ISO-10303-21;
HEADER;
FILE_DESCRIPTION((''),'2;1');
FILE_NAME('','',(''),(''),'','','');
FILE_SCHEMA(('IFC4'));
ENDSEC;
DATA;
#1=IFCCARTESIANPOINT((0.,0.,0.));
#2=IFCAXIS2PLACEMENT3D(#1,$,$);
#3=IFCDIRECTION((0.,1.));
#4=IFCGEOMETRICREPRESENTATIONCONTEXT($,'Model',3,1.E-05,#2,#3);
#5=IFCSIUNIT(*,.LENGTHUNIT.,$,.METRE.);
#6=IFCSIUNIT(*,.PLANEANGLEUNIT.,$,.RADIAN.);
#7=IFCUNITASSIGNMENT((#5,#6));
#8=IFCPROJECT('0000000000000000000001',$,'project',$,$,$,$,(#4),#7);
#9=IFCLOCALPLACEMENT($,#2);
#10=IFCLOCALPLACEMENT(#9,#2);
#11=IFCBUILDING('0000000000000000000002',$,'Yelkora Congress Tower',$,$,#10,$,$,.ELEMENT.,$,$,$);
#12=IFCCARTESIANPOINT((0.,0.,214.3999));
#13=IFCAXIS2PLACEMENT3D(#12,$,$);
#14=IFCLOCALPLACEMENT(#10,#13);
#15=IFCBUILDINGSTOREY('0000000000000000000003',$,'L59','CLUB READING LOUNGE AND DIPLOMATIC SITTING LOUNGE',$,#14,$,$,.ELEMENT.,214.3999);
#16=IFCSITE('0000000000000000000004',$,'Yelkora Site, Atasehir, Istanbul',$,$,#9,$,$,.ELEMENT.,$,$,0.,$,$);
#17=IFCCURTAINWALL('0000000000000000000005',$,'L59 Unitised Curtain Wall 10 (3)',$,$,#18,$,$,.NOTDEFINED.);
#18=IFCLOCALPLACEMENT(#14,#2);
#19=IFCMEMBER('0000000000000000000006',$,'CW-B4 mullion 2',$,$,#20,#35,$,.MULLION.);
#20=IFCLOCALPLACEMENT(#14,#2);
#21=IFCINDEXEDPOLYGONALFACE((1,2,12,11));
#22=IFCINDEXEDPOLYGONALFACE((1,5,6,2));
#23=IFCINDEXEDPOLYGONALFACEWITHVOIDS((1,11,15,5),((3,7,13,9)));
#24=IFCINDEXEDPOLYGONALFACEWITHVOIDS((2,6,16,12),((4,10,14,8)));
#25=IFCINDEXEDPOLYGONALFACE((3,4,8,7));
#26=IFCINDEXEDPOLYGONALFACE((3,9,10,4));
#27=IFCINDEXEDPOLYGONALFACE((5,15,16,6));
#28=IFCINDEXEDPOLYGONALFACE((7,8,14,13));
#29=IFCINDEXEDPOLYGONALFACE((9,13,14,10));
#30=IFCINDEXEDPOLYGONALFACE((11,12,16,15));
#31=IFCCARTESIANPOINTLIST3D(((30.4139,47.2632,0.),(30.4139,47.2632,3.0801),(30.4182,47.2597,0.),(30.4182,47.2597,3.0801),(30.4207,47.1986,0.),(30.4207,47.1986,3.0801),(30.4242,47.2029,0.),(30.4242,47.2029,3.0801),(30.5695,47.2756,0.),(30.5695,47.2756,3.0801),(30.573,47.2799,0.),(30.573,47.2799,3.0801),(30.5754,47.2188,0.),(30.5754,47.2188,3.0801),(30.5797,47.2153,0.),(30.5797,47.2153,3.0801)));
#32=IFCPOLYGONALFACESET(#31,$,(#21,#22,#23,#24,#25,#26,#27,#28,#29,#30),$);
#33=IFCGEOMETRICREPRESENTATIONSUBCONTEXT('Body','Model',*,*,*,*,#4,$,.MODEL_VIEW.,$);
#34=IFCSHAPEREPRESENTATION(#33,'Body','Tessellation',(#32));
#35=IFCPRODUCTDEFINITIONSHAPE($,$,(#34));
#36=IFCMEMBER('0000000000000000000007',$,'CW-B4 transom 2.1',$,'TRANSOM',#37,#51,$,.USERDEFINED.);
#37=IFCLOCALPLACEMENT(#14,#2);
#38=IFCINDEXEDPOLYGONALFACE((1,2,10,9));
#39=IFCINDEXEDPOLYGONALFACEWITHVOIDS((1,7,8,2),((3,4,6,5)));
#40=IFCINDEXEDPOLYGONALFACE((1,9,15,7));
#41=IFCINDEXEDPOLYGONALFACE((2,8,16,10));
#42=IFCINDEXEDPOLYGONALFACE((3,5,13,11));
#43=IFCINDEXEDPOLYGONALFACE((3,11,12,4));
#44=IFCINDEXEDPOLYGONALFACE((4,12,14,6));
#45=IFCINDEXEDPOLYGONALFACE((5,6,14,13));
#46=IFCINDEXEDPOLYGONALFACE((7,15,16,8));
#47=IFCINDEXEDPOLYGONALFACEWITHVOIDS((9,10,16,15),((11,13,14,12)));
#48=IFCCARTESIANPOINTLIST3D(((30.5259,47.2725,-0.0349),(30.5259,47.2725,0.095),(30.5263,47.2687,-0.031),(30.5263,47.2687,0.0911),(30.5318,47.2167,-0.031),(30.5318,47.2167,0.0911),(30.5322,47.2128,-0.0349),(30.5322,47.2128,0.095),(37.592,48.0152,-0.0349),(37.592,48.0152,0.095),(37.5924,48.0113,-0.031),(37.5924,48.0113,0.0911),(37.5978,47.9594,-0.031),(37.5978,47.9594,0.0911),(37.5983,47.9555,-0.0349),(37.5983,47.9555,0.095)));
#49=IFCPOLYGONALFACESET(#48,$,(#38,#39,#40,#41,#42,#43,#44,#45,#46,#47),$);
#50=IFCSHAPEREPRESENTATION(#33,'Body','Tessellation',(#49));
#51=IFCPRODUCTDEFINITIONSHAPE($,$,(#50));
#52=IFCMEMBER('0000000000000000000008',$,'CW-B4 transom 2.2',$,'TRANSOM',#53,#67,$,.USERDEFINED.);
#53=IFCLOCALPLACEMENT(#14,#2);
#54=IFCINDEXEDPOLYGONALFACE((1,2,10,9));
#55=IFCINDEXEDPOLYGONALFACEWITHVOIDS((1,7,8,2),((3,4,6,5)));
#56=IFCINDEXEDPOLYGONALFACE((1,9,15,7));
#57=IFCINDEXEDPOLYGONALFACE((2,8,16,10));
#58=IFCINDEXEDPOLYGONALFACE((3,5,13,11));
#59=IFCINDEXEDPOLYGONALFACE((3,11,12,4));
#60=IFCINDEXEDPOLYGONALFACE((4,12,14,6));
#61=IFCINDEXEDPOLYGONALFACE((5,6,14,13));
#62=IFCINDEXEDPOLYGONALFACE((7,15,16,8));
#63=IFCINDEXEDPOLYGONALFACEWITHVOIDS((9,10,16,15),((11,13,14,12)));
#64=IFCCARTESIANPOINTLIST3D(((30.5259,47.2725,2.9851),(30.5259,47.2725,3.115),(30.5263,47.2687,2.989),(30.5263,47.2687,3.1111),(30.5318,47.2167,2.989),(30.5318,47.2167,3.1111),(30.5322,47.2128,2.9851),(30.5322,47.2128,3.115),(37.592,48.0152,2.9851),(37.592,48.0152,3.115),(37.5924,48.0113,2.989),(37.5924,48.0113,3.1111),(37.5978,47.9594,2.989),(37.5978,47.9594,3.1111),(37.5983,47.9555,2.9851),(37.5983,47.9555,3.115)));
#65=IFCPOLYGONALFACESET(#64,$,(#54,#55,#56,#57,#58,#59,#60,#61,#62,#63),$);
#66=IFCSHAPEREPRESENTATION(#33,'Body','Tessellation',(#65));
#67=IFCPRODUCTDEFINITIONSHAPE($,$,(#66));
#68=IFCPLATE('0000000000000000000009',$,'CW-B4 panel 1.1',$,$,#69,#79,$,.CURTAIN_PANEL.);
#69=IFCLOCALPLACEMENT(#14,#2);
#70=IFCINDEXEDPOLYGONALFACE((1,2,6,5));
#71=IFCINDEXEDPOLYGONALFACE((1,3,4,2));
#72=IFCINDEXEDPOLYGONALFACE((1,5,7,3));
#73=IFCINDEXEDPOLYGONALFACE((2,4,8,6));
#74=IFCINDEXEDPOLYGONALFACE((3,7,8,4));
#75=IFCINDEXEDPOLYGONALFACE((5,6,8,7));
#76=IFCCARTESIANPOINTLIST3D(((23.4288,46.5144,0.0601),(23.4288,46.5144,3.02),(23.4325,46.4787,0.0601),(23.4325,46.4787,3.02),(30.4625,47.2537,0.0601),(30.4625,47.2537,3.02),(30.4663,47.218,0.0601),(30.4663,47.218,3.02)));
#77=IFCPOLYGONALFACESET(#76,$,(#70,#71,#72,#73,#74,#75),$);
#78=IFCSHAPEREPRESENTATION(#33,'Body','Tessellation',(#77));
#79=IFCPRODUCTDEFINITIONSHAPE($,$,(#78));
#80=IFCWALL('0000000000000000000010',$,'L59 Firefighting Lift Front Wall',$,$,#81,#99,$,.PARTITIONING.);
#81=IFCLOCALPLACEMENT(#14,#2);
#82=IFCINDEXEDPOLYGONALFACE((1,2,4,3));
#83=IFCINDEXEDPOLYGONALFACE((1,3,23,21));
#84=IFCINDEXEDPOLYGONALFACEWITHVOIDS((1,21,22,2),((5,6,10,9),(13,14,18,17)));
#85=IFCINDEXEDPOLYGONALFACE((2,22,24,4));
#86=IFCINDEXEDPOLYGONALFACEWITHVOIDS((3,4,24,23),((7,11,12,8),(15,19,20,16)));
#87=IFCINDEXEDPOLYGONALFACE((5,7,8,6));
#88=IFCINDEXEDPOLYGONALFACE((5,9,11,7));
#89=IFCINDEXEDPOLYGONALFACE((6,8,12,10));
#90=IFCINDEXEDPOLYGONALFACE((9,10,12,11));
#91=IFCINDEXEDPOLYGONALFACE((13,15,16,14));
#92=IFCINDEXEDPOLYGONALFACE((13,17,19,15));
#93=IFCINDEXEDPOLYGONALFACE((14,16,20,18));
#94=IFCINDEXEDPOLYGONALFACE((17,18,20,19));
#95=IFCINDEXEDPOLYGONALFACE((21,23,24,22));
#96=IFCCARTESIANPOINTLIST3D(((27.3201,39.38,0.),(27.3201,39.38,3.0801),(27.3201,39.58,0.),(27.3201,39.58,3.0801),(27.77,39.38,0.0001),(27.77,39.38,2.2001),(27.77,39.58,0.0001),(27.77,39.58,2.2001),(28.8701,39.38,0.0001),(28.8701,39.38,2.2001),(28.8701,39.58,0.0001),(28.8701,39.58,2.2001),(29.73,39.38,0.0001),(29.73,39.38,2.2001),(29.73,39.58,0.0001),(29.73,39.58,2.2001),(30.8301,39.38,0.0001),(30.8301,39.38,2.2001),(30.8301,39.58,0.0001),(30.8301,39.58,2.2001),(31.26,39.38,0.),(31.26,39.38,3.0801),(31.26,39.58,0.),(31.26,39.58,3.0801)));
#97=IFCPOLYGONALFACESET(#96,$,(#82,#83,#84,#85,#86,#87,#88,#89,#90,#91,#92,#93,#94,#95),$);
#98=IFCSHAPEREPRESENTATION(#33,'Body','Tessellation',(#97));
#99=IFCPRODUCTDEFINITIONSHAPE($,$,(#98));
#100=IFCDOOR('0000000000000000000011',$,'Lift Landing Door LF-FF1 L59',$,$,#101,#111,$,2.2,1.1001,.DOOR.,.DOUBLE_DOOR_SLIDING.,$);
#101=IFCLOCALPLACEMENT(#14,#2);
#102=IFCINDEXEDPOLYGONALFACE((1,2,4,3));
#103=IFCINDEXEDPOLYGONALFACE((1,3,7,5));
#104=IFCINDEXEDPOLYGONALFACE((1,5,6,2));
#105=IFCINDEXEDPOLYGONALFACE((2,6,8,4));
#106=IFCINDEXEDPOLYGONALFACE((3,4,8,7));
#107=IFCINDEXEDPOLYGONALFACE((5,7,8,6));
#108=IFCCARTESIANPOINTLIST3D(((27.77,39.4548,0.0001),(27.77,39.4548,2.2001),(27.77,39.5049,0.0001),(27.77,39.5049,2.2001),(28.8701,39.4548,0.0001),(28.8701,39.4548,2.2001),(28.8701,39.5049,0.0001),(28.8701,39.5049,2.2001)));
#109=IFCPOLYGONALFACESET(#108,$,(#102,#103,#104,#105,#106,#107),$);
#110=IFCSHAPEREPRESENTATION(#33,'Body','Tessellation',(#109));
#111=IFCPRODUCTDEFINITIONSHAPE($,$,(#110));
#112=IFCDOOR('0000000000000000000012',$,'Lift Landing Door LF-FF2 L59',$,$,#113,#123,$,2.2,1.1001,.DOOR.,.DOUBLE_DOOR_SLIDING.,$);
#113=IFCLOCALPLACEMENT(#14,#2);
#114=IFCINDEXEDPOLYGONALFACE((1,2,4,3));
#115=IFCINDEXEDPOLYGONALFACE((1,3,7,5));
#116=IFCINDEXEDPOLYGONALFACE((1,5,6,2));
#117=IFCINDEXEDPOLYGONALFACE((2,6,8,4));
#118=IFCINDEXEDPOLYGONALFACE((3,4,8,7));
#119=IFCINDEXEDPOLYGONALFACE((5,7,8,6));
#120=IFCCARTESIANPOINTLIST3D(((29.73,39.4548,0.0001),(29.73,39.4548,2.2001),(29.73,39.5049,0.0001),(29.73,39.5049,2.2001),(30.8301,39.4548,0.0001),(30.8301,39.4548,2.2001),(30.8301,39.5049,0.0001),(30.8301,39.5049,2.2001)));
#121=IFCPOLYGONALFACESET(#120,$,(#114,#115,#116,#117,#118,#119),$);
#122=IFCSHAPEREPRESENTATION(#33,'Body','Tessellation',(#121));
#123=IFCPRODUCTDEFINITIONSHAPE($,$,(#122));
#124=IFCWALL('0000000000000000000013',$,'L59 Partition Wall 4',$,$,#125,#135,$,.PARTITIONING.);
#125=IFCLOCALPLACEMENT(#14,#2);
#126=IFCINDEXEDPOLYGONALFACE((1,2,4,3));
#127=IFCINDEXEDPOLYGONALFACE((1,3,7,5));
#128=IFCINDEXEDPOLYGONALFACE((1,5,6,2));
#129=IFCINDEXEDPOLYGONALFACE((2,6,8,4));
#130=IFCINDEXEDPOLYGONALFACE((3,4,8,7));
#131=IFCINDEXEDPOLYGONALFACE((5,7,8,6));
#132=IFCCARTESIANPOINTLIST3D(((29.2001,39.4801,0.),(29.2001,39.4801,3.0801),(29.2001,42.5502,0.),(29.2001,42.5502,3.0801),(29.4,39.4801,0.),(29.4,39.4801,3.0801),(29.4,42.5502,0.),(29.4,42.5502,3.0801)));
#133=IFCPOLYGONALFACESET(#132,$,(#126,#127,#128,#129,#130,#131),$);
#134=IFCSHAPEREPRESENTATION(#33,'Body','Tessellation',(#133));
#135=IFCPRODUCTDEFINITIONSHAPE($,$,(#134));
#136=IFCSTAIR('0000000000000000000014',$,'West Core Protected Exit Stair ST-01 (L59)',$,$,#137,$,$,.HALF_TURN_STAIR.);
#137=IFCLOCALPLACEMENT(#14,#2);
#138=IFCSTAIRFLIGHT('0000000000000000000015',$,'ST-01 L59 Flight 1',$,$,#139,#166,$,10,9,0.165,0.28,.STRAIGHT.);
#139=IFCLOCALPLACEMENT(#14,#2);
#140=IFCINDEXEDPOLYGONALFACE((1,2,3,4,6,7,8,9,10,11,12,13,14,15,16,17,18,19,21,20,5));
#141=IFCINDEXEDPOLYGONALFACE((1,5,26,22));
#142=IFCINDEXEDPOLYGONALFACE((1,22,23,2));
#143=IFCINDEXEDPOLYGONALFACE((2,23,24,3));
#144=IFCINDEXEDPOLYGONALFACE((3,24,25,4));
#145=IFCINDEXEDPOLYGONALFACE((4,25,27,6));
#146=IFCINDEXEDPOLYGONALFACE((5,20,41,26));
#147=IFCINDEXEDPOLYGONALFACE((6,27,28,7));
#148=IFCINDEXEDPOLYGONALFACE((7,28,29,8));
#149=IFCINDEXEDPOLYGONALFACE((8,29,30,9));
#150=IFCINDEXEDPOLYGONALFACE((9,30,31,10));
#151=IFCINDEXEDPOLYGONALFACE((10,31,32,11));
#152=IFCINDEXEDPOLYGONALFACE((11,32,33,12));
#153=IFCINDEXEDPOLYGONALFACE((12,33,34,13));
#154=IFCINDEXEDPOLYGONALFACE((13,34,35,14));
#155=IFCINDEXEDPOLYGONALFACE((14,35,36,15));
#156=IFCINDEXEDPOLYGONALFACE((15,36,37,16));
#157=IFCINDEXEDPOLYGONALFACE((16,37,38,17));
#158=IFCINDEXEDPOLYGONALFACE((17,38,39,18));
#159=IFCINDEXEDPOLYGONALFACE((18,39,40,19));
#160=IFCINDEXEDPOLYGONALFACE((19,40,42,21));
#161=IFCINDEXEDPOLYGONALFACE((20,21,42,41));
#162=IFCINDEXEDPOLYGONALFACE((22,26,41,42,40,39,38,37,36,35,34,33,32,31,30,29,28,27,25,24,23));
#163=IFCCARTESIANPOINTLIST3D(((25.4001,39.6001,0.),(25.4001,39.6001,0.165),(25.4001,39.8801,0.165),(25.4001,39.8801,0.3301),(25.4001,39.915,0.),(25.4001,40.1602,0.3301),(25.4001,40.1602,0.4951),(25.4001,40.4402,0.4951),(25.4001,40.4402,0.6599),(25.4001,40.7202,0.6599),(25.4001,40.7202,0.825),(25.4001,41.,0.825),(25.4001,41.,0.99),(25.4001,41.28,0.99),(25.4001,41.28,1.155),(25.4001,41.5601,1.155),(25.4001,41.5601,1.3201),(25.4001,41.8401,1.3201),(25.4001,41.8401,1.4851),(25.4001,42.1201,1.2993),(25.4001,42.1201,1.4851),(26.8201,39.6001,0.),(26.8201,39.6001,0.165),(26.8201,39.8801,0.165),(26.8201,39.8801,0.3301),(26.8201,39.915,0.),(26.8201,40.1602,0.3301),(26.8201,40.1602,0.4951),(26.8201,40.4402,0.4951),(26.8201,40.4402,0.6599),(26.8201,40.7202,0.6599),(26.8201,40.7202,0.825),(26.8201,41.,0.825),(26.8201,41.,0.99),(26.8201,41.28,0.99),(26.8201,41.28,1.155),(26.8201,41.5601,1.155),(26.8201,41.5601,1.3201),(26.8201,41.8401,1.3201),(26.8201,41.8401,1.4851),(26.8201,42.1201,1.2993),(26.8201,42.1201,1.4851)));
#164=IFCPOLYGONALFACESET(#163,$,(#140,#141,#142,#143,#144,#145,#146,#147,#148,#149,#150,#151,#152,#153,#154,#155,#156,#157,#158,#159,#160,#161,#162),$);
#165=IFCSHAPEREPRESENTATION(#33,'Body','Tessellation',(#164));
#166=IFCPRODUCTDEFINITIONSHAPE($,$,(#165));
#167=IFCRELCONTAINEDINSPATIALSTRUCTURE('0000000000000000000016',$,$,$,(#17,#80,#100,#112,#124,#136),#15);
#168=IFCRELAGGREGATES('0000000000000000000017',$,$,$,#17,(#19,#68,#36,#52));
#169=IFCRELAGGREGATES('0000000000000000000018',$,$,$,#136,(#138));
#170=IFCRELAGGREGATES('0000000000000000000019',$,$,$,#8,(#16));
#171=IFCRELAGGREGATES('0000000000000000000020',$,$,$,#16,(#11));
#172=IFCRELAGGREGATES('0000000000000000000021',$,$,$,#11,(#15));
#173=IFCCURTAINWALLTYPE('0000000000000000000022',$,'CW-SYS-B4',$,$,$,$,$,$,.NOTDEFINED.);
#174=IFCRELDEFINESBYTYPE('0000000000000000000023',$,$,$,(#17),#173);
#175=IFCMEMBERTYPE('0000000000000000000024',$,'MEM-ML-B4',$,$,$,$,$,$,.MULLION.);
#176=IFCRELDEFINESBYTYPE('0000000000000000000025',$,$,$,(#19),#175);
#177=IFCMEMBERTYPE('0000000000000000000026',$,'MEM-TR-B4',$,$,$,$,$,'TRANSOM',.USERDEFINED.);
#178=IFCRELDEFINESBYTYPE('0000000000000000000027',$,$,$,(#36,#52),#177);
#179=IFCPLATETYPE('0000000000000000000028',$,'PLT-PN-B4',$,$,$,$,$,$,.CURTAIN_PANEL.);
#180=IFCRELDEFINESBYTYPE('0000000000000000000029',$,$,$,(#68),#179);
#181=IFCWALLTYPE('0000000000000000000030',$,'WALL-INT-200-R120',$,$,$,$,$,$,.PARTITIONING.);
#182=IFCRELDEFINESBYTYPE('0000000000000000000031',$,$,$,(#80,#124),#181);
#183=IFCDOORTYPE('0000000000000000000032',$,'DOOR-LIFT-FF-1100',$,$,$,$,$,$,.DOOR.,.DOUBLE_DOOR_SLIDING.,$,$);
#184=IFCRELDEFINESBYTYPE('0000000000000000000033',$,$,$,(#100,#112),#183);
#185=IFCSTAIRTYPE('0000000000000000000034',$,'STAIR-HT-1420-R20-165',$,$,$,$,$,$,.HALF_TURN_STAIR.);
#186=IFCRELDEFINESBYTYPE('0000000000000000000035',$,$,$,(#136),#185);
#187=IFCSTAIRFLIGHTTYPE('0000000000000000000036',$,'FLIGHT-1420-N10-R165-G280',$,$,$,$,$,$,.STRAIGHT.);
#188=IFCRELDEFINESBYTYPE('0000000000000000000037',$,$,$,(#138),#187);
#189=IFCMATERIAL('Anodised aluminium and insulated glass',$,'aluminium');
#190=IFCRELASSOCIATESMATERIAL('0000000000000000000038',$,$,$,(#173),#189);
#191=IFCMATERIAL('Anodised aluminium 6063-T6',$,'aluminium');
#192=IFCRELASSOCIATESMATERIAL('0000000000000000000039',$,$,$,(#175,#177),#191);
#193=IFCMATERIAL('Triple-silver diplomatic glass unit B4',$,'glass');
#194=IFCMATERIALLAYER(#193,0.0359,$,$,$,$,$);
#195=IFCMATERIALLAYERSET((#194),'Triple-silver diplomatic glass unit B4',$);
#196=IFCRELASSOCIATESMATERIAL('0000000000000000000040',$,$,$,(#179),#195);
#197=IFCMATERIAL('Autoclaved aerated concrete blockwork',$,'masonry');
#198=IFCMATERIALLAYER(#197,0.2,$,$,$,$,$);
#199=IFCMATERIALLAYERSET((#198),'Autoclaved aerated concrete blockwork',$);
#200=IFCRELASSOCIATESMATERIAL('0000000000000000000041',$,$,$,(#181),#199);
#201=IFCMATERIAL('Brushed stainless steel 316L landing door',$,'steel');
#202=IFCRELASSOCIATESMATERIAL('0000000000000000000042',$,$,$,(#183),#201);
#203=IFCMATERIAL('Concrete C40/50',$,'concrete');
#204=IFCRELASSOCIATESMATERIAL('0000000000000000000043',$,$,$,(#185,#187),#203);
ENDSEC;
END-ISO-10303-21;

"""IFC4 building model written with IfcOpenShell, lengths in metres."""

from ifc_helpers import new_model, si_unit, direction, frame, frame_2d, origin, origin_2d, place, context, subcontext, project, spatial, polyline, rectangle, hollow_rectangle, outline, extrude, material, layer, layer_set, material_profile, profile_set, type_object, element, fill, aggregate, save


model = new_model("IFC4")

# Units and contexts
model_context = context("Model", 3, precision=1e-05, world=origin(), true_north=direction((0.0, 1.0)))
body_context = subcontext(model_context, "Body", "Model", "MODEL_VIEW")
ifc_project = project(units=[si_unit("LENGTHUNIT", "METRE"), si_unit("PLANEANGLEUNIT", "RADIAN")], contexts=[model_context])

# Site, building, storey
site_placement = place(None, origin())
site = spatial("IfcSite", under=ifc_project, at=site_placement, Name="Yelkora Site, Atasehir, Istanbul", CompositionType="ELEMENT", RefElevation=0.0)
building_placement = place(site_placement, origin())
building = spatial("IfcBuilding", under=site, at=building_placement, Name="Yelkora Congress Tower", CompositionType="ELEMENT")
storey_placement = place(building_placement, frame((0.0, 0.0, 214.3999)))
storey = spatial("IfcBuildingStorey", under=building, at=storey_placement, Name="L59", Description="CLUB READING LOUNGE AND DIPLOMATIC SITTING LOUNGE", CompositionType="ELEMENT", Elevation=214.3999)

# Curtain wall, members, plate
ifc_material_1 = material(Name="Anodised aluminium and insulated glass", Category="aluminium")
curtain_wall_type = type_object("IfcCurtainWallType", Name="CW-SYS-B4", PredefinedType="NOTDEFINED", material=ifc_material_1)
curtain_wall_placement = place(storey_placement, origin())
curtain_wall = element("IfcCurtainWall", 1, at=curtain_wall_placement, inside=storey, type_object=curtain_wall_type, Name="L59 Unitised Curtain Wall 10 (3)", PredefinedType="NOTDEFINED")
ifc_material_2 = material(Name="Anodised aluminium 6063-T6", Category="aluminium")
ifc_material_profile_1 = material_profile(ifc_material_2, hollow_rectangle(XDim=0.0649, YDim=0.1599, WallThickness=0.0039, at=origin_2d()), Name="ALU 65x160x4")
ifc_profile_set_1 = profile_set([ifc_material_profile_1], Name="Anodised aluminium 6063-T6")
member_type_1 = type_object("IfcMemberType", Name="MEM-ML-B4", PredefinedType="MULLION", material=ifc_profile_set_1)
member_1_placement = place(storey_placement, frame((30.4968, 47.2393, 0.0), z_axis=(0.0, 0.0, 1.0), x_axis=(-0.104528, 0.994522, 0.0)))
member_1 = element("IfcMember", 2, at=member_1_placement, type_object=member_type_1, Name="CW-B4 mullion 2", PredefinedType="MULLION", context=body_context, shape_type="SweptSolid", body=[
    extrude(hollow_rectangle(XDim=0.0649, YDim=0.1599, WallThickness=0.0039, at=origin_2d()), origin(), (0.0, 0.0, 1.0), 3.0801),
])
ifc_material_profile_2 = material_profile(ifc_material_2, hollow_rectangle(XDim=0.0601, YDim=0.1299, WallThickness=0.0039, at=origin_2d()), Name="ALU 60x130x4")
ifc_profile_set_2 = profile_set([ifc_material_profile_2], Name="Anodised aluminium 6063-T6")
member_type_2 = type_object("IfcMemberType", Name="MEM-TR-B4", ElementType="TRANSOM", PredefinedType="USERDEFINED", material=ifc_profile_set_2)
member_2_placement = place(storey_placement, frame((30.5291, 47.2427, 0.03), z_axis=(0.994522, 0.104527, 0.0), x_axis=(-0.104527, 0.994522, 0.0)))
member_2 = element("IfcMember", 3, at=member_2_placement, type_object=member_type_2, Name="CW-B4 transom 2.1", ObjectType="TRANSOM", PredefinedType="USERDEFINED", context=body_context, shape_type="SweptSolid", body=[
    extrude(hollow_rectangle(XDim=0.0601, YDim=0.1299, WallThickness=0.0039, at=origin_2d()), origin(), (0.0, 0.0, 1.0), 7.105),
])
member_3_placement = place(storey_placement, frame((30.5291, 47.2427, 3.05), z_axis=(0.994522, 0.104527, 0.0), x_axis=(-0.104527, 0.994522, 0.0)))
member_3 = element("IfcMember", 4, at=member_3_placement, type_object=member_type_2, Name="CW-B4 transom 2.2", ObjectType="TRANSOM", PredefinedType="USERDEFINED", context=body_context, shape_type="SweptSolid", body=[
    extrude(hollow_rectangle(XDim=0.0601, YDim=0.1299, WallThickness=0.0039, at=origin_2d()), origin(), (0.0, 0.0, 1.0), 7.105),
])
ifc_material_3 = material(Name="Triple-silver diplomatic glass unit B4", Category="glass")
ifc_layer_1 = layer(ifc_material_3, 0.0359)
ifc_layer_set_1 = layer_set([ifc_layer_1], Name="Triple-silver diplomatic glass unit B4")
plate_type = type_object("IfcPlateType", Name="PLT-PN-B4", PredefinedType="CURTAIN_PANEL", material=ifc_layer_set_1)
plate_placement = place(storey_placement, frame((26.9475, 46.8662, 0.0601), z_axis=(0.0, 0.0, 1.0), x_axis=(0.994522, 0.104528, 0.0)))
plate = element("IfcPlate", 5, at=plate_placement, type_object=plate_type, Name="CW-B4 panel 1.1", PredefinedType="CURTAIN_PANEL", context=body_context, shape_type="SweptSolid", body=[
    extrude(rectangle(XDim=7.0725, YDim=0.0359, at=origin_2d()), origin(), (0.0, 0.0, 1.0), 2.96),
])
aggregate(curtain_wall, [member_1, plate, member_2, member_3])

# Shared definitions
ifc_material_4 = material(Name="Autoclaved aerated concrete blockwork", Category="masonry")
ifc_layer_2 = layer(ifc_material_4, 0.2)
ifc_layer_set_2 = layer_set([ifc_layer_2], Name="Autoclaved aerated concrete blockwork")
wall_type_1 = type_object("IfcWallType", Name="WALL-INT-200-R120", PredefinedType="PARTITIONING", material=ifc_layer_set_2)

# Wall, openings, doors
wall_1_placement = place(storey_placement, frame((27.3201, 39.48, 0.0), z_axis=(0.0, 0.0, 1.0), x_axis=(1.0, 0.0, 0.0)))
wall_1 = element("IfcWall", 6, at=wall_1_placement, inside=storey, type_object=wall_type_1, Name="L59 Firefighting Lift Front Wall", PredefinedType="PARTITIONING", context=body_context, shape_type="SweptSolid", body=[
    extrude(rectangle(XDim=3.9399, YDim=0.2, at=frame_2d((1.97, 0.0))), origin(), (0.0, 0.0, 1.0), 3.0801),
])
opening_1_placement = place(wall_1_placement, frame((0.45, 0.0, 0.0)))
opening_1 = element("IfcOpeningElement", 7, at=opening_1_placement, cuts=wall_1, PredefinedType="OPENING", context=body_context, shape_type="SweptSolid", body=[
    extrude(rectangle(XDim=1.1001, YDim=2.2, at=frame_2d((0.55, 1.1001))), frame((0.0, 0.1099, 0.0), z_axis=(0.0, -1.0, 0.0), x_axis=(1.0, 0.0, 0.0)), (0.0, 0.0, 1.0), 0.22),
])
opening_2_placement = place(wall_1_placement, frame((2.4099, 0.0, 0.0)))
opening_2 = element("IfcOpeningElement", 8, at=opening_2_placement, cuts=wall_1, PredefinedType="OPENING", context=body_context, shape_type="SweptSolid", body=[
    extrude(rectangle(XDim=1.1001, YDim=2.2, at=frame_2d((0.55, 1.1001))), frame((0.0, 0.1099, 0.0), z_axis=(0.0, -1.0, 0.0), x_axis=(1.0, 0.0, 0.0)), (0.0, 0.0, 1.0), 0.22),
])
ifc_material_5 = material(Name="Brushed stainless steel 316L landing door", Category="steel")
door_type_1 = type_object("IfcDoorType", Name="DOOR-LIFT-FF-1100", OperationType="DOUBLE_DOOR_SLIDING", PredefinedType="DOOR", material=ifc_material_5)
door_1_placement = place(opening_1_placement, origin())
door_1 = element("IfcDoor", 9, at=door_1_placement, inside=storey, type_object=door_type_1, Name="Lift Landing Door LF-FF1 L59", OperationType="DOUBLE_DOOR_SLIDING", OverallHeight=2.2, OverallWidth=1.1001, PredefinedType="DOOR", context=body_context, shape_type="SweptSolid", body=[
    extrude(rectangle(XDim=1.1001, YDim=2.2, at=frame_2d((0.55, 1.1001))), frame((0.0, 0.0249, 0.0), z_axis=(0.0, -1.0, 0.0), x_axis=(1.0, 0.0, 0.0)), (0.0, 0.0, 1.0), 0.05),
])
fill(opening_1, door_1)
door_2_placement = place(opening_2_placement, origin())
door_2 = element("IfcDoor", 10, at=door_2_placement, inside=storey, type_object=door_type_1, Name="Lift Landing Door LF-FF2 L59", OperationType="DOUBLE_DOOR_SLIDING", OverallHeight=2.2, OverallWidth=1.1001, PredefinedType="DOOR", context=body_context, shape_type="SweptSolid", body=[
    extrude(rectangle(XDim=1.1001, YDim=2.2, at=frame_2d((0.55, 1.1001))), frame((0.0, 0.0249, 0.0), z_axis=(0.0, -1.0, 0.0), x_axis=(1.0, 0.0, 0.0)), (0.0, 0.0, 1.0), 0.05),
])
fill(opening_2, door_2)

# Wall
wall_2_placement = place(storey_placement, frame((29.3, 39.48, 0.0), z_axis=(0.0, 0.0, 1.0), x_axis=(0.0, 1.0, 0.0)))
element("IfcWall", 11, at=wall_2_placement, inside=storey, type_object=wall_type_1, Name="L59 Partition Wall 4", PredefinedType="PARTITIONING", context=body_context, shape_type="SweptSolid", body=[
    extrude(rectangle(XDim=3.0701, YDim=0.2, at=frame_2d((1.5352, 0.0))), origin(), (0.0, 0.0, 1.0), 3.0801),
])

# Stair, stair flight
ifc_material_6 = material(Name="Concrete C40/50", Category="concrete")
stair_type = type_object("IfcStairType", Name="STAIR-HT-1420-R20-165", PredefinedType="HALF_TURN_STAIR", material=ifc_material_6)
stair_placement = place(storey_placement, origin())
stair = element("IfcStair", 12, at=stair_placement, inside=storey, type_object=stair_type, Name="West Core Protected Exit Stair ST-01 (L59)", PredefinedType="HALF_TURN_STAIR")
stair_flight_type = type_object("IfcStairFlightType", Name="FLIGHT-1420-N10-R165-G280", PredefinedType="STRAIGHT", material=ifc_material_6)
stair_flight_1_placement = place(storey_placement, frame((26.1101, 39.6001, 0.0), z_axis=(0.0, 0.0, 1.0), x_axis=(0.0, 1.0, 0.0)))
stair_flight_1 = element("IfcStairFlight", 13, at=stair_flight_1_placement, type_object=stair_flight_type, Name="ST-01 L59 Flight 1", NumberOfRisers=10, NumberOfTreads=9, PredefinedType="STRAIGHT", RiserHeight=0.165, TreadLength=0.28, context=body_context, shape_type="SweptSolid", body=[
    extrude(outline(polyline([(0.0, 0.0), (0.0, 0.165), (0.28, 0.165), (0.28, 0.3301), (0.5601, 0.3301), (0.5601, 0.4951), (0.8401, 0.4951), (0.8401, 0.6599), (1.1201, 0.6599), (1.1201, 0.825), (1.3999, 0.825), (1.3999, 0.99), (1.6799, 0.99), (1.6799, 1.155), (1.96, 1.155), (1.96, 1.3201), (2.24, 1.3201), (2.24, 1.4851), (2.52, 1.4851), (2.52, 1.6499), (2.52, 1.2993), (0.3149, 0.0), (0.0, 0.0)])), frame((0.0, 0.71, 0.0), z_axis=(0.0, -1.0, 0.0), x_axis=(1.0, 0.0, 0.0)), (0.0, 0.0, 1.0), 1.4199),
])
aggregate(stair, [stair_flight_1])

save(model, "model.ifc")
